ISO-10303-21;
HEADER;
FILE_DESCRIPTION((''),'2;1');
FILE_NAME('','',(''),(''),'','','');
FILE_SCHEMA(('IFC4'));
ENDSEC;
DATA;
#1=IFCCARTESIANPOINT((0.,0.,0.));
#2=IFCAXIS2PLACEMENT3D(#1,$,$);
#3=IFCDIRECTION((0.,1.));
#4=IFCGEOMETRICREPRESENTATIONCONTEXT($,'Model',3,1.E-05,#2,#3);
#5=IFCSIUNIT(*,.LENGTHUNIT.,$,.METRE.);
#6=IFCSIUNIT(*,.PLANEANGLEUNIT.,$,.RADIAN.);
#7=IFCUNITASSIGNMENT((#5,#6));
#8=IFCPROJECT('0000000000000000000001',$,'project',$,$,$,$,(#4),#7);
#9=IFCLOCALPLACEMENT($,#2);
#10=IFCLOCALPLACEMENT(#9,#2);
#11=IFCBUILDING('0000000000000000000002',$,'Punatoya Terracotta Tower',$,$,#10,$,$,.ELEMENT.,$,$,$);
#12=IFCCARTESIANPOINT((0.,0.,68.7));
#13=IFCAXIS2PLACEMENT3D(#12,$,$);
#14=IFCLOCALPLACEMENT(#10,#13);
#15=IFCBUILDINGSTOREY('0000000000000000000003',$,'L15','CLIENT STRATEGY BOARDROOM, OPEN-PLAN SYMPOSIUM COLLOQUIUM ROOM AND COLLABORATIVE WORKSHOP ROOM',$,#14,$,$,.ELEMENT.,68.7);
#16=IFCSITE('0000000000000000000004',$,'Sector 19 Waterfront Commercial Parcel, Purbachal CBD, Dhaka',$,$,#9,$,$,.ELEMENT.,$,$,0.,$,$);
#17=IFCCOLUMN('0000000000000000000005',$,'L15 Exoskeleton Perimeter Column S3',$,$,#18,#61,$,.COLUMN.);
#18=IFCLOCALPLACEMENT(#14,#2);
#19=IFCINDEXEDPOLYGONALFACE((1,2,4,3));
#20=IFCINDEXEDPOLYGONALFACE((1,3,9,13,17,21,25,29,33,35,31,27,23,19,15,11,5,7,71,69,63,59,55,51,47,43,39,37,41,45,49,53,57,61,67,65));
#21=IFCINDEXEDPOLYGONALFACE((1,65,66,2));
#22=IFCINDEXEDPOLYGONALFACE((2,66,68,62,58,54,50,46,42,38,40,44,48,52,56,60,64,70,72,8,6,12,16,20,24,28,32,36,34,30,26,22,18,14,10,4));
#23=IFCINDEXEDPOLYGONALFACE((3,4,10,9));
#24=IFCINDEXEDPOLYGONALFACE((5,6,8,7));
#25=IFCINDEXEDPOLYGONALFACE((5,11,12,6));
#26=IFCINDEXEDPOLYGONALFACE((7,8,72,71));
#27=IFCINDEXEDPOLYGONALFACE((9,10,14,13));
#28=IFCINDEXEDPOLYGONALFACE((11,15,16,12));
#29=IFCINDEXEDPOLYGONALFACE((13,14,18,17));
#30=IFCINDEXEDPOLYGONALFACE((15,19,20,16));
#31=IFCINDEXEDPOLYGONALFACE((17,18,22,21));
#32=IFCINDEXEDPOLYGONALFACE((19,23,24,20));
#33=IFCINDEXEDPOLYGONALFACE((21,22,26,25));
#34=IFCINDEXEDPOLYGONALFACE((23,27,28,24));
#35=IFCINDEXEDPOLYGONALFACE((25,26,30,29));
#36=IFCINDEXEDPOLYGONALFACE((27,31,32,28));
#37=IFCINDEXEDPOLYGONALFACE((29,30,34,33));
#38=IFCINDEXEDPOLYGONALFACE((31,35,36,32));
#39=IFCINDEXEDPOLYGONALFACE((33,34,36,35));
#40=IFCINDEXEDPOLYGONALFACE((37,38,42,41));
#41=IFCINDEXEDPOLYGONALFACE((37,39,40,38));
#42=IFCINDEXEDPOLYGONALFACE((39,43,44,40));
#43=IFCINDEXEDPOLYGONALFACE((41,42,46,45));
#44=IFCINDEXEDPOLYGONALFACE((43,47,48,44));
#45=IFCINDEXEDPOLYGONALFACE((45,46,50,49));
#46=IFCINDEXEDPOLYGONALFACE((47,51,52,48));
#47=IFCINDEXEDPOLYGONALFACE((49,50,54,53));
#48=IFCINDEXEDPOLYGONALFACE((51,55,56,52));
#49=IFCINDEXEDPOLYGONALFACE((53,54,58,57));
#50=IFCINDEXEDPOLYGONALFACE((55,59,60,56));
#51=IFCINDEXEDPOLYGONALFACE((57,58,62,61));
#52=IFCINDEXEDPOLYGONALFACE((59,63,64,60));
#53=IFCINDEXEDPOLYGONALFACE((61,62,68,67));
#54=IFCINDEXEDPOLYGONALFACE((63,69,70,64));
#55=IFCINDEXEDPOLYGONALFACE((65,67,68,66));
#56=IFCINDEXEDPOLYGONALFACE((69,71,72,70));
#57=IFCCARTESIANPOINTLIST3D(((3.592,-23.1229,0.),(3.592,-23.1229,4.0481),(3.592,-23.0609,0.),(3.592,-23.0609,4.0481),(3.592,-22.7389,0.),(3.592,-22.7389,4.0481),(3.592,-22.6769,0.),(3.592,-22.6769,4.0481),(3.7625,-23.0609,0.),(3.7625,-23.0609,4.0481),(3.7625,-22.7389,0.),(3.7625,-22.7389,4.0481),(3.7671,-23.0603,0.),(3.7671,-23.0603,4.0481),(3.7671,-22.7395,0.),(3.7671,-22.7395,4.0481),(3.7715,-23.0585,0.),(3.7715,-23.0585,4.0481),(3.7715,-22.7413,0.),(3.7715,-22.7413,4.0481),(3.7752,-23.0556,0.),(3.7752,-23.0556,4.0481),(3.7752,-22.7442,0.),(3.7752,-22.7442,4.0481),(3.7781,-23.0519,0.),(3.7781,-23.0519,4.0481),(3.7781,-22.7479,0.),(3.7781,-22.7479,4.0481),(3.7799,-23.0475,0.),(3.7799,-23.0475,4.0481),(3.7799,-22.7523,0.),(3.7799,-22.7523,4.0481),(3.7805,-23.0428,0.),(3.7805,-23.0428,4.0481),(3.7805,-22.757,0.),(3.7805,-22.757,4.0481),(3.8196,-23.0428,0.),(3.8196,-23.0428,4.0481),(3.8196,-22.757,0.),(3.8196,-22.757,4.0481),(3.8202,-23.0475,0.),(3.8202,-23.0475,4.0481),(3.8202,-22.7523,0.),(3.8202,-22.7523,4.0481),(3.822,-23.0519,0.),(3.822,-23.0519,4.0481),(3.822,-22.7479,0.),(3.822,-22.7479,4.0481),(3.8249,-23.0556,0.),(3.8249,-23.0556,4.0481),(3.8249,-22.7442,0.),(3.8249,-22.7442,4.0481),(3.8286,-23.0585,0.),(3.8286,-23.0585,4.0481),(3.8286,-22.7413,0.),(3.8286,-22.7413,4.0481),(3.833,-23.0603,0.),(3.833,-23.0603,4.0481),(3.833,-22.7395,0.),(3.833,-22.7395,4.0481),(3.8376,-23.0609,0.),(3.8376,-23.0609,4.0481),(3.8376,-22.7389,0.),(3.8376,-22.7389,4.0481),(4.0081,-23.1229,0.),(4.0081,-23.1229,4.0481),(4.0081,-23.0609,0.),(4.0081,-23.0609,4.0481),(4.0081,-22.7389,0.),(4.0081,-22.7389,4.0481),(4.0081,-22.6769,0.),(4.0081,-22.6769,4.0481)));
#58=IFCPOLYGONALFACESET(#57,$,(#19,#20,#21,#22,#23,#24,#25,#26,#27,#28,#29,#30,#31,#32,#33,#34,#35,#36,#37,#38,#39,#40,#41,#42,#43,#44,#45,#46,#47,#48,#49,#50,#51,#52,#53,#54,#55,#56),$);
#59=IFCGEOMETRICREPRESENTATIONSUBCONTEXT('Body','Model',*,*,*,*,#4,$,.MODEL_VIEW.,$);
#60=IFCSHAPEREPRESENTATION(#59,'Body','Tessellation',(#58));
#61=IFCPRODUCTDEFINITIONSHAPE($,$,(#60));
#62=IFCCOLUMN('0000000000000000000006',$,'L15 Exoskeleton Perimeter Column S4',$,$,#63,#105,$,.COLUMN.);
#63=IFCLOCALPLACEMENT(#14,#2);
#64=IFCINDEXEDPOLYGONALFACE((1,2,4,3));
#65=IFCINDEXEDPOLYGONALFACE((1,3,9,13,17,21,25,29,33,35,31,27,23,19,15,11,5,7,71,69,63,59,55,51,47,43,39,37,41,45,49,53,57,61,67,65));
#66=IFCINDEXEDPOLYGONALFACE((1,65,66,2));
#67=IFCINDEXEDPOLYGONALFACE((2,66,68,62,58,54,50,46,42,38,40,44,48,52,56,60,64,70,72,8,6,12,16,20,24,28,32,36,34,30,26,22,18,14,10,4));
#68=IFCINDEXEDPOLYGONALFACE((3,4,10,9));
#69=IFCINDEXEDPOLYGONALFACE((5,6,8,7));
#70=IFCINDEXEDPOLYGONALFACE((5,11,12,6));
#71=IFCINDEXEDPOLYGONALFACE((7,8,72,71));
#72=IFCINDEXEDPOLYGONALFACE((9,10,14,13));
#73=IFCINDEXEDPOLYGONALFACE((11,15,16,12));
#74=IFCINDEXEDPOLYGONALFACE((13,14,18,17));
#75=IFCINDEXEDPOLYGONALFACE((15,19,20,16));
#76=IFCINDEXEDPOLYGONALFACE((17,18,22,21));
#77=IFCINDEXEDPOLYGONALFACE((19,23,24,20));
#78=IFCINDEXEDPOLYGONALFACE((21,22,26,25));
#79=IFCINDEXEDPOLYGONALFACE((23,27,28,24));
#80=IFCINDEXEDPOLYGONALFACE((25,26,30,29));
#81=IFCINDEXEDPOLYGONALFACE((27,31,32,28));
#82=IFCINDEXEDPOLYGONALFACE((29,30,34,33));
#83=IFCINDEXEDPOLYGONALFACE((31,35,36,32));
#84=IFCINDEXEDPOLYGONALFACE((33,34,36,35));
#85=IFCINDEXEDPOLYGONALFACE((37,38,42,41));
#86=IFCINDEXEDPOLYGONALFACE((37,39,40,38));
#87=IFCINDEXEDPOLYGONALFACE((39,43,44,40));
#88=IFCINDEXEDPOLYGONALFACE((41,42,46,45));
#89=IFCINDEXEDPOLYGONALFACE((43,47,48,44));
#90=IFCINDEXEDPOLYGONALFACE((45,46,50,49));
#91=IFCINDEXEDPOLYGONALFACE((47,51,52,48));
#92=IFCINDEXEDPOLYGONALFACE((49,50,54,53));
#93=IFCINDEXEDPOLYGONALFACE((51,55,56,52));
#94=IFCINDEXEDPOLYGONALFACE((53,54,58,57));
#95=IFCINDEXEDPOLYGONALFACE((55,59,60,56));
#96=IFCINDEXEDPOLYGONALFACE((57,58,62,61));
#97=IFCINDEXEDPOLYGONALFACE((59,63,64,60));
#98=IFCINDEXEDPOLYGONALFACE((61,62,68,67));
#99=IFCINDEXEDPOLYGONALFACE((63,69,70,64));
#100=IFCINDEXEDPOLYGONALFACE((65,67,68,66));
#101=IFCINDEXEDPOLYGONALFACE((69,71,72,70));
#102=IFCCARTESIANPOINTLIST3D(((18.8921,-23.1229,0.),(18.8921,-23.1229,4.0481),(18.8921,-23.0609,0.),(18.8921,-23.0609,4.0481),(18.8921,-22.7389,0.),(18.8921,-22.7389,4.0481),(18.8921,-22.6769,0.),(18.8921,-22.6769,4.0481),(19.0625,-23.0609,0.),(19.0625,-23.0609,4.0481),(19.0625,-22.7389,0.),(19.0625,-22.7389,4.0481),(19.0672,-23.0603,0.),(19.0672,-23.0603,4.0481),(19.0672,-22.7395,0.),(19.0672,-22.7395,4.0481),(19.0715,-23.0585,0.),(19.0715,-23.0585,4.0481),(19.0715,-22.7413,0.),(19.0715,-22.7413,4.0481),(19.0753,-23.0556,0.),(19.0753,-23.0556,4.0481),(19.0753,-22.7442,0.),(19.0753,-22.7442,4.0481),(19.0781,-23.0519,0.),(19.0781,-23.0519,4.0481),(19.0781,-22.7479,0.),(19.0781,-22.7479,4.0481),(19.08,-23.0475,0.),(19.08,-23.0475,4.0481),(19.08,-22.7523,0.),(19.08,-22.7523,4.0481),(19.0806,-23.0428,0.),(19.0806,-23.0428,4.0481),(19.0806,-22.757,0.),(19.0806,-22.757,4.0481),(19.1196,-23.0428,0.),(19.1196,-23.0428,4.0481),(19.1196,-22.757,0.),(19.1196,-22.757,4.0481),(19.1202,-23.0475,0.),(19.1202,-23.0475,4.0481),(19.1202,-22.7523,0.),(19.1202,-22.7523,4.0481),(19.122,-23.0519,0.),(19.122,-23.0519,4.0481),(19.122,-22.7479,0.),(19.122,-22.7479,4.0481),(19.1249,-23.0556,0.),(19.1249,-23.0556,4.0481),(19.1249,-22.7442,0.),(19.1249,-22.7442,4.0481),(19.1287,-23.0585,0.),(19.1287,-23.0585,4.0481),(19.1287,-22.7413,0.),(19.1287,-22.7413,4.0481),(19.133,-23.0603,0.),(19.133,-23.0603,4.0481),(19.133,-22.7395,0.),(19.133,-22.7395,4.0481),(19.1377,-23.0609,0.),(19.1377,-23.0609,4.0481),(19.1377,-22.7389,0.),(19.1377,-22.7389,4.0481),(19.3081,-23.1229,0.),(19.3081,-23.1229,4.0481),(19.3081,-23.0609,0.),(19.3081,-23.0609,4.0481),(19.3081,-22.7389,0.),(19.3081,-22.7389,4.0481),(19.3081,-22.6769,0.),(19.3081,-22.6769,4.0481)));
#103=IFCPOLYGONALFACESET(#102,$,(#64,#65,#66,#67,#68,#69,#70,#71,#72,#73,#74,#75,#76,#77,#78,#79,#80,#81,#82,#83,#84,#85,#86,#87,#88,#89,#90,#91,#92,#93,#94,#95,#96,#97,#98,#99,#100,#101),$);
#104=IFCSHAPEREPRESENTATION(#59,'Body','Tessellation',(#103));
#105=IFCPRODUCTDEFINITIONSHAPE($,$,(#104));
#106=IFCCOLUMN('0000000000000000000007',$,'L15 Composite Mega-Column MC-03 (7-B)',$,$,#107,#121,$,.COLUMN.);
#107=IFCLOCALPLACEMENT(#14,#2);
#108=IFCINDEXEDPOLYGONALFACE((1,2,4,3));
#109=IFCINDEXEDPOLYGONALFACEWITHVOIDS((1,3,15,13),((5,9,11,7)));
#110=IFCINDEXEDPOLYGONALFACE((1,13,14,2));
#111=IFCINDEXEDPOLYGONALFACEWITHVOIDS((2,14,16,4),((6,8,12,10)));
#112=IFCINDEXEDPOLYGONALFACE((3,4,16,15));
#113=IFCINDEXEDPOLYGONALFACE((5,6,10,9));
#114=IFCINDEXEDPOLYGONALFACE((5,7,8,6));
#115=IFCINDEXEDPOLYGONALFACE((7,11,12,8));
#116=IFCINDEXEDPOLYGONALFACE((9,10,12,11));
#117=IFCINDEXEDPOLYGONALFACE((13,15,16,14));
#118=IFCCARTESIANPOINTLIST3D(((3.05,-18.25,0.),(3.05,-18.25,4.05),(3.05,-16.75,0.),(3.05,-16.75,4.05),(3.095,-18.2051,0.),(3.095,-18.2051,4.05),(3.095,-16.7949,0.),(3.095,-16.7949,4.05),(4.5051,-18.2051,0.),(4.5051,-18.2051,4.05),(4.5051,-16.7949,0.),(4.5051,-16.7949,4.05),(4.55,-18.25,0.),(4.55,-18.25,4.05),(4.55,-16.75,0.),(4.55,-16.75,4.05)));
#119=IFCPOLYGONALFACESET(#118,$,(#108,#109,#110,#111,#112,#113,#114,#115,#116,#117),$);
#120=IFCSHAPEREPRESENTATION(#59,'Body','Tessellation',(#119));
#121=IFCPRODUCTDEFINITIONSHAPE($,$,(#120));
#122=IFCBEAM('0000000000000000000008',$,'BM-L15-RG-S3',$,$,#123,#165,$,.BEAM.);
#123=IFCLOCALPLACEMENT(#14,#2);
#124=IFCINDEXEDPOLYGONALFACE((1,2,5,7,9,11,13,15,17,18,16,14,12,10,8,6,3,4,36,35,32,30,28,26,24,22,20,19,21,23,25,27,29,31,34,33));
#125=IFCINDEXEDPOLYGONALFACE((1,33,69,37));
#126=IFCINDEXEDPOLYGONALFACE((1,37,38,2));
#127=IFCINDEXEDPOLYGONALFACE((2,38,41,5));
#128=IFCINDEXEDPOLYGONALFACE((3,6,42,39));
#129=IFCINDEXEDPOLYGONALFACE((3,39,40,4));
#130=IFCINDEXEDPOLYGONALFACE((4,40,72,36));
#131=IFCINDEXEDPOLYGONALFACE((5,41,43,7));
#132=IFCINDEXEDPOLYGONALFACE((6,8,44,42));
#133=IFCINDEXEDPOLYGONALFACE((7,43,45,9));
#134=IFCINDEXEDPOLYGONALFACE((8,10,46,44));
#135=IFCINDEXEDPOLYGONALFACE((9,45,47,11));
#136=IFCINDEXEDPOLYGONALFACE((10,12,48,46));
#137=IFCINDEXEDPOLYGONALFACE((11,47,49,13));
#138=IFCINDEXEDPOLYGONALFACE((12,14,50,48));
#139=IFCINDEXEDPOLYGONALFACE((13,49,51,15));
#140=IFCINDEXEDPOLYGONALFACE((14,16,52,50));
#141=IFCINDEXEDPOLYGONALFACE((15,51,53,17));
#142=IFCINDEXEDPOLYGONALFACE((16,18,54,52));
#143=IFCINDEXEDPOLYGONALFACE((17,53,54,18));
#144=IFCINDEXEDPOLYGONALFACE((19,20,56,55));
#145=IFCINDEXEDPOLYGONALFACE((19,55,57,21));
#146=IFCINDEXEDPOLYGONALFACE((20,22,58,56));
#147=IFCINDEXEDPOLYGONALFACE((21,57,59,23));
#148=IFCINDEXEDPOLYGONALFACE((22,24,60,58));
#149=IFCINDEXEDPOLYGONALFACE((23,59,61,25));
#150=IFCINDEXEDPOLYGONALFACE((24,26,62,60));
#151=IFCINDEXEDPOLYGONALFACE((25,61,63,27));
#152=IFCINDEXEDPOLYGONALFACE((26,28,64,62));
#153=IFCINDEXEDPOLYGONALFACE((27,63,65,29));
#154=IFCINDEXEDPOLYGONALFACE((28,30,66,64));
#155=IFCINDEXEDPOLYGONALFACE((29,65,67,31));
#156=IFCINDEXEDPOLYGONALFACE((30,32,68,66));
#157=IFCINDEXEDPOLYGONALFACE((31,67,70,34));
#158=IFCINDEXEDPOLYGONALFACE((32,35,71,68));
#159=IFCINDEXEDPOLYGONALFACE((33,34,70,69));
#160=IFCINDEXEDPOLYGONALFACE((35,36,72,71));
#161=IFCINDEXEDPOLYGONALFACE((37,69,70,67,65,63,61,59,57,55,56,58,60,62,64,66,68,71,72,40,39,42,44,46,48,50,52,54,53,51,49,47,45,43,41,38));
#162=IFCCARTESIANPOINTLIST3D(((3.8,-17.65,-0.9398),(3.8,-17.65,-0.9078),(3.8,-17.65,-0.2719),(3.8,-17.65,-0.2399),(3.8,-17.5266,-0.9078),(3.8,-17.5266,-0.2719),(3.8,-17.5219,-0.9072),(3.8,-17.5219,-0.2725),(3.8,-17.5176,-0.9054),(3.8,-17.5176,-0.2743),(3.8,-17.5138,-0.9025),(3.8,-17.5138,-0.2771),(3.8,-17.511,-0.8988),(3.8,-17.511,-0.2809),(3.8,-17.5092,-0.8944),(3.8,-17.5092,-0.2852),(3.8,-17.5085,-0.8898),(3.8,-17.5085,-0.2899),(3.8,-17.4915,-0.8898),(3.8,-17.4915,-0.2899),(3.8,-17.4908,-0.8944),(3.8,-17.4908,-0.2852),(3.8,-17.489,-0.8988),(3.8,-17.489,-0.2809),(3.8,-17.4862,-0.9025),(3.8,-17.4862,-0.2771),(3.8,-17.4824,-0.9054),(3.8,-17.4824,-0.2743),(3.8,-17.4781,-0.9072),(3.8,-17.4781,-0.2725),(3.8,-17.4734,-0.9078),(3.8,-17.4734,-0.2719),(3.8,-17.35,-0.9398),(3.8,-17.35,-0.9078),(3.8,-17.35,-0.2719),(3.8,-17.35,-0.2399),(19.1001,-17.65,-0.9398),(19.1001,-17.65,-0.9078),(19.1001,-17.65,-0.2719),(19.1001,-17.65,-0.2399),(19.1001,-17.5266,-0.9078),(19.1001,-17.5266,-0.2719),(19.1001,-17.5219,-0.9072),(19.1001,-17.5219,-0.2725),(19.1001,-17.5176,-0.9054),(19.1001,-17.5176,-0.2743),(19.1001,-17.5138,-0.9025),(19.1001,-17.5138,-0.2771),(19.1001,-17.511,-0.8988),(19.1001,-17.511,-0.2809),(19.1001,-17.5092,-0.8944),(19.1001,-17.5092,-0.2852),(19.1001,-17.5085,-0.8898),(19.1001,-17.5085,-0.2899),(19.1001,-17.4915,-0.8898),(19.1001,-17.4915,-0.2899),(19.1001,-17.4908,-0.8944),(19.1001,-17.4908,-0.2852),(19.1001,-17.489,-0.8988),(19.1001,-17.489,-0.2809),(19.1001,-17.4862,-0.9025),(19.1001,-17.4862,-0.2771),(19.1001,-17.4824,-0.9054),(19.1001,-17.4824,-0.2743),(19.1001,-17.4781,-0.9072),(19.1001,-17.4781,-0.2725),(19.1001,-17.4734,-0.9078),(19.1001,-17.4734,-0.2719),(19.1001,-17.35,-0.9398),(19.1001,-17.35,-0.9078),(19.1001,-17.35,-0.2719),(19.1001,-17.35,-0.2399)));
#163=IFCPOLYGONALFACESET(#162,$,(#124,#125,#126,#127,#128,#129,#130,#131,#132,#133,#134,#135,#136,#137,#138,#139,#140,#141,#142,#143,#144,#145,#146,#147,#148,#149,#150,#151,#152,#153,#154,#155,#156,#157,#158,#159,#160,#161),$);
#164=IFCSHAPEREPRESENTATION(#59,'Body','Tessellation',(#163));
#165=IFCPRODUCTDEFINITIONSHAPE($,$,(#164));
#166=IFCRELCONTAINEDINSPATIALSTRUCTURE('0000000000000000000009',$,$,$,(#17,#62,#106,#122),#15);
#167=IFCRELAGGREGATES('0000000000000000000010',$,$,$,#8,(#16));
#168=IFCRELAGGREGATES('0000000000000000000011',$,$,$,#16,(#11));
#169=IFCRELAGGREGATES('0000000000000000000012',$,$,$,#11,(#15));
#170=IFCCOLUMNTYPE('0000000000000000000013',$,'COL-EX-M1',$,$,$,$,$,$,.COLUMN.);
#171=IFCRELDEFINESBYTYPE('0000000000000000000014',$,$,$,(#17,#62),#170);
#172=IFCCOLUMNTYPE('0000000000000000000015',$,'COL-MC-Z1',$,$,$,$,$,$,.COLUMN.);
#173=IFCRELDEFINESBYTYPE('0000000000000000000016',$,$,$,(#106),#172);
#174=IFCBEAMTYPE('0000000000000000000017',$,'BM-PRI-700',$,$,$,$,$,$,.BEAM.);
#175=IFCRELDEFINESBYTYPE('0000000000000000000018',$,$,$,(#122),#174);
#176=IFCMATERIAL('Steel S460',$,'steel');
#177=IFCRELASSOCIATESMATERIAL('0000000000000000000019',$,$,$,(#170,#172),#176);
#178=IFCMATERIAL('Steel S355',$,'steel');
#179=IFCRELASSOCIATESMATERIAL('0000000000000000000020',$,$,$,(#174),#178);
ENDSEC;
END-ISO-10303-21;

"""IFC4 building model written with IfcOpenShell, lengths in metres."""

from ifc_helpers import new_model, si_unit, direction, frame, origin, origin_2d, place, context, subcontext, project, spatial, hollow_rectangle, i_section, extrude, material, material_profile, profile_set, type_object, element, save


model = new_model("IFC4")

# Units and contexts
model_context = context("Model", 3, precision=1e-05, world=origin(), true_north=direction((0.0, 1.0)))
body_context = subcontext(model_context, "Body", "Model", "MODEL_VIEW")
ifc_project = project(units=[si_unit("LENGTHUNIT", "METRE"), si_unit("PLANEANGLEUNIT", "RADIAN")], contexts=[model_context])

# Site, building, storey
site_placement = place(None, origin())
site = spatial("IfcSite", under=ifc_project, at=site_placement, Name="Sector 19 Waterfront Commercial Parcel, Purbachal CBD, Dhaka", CompositionType="ELEMENT", RefElevation=0.0)
building_placement = place(site_placement, origin())
building = spatial("IfcBuilding", under=site, at=building_placement, Name="Punatoya Terracotta Tower", CompositionType="ELEMENT")
storey_placement = place(building_placement, frame((0.0, 0.0, 68.7)))
storey = spatial("IfcBuildingStorey", under=building, at=storey_placement, Name="L15", Description="CLIENT STRATEGY BOARDROOM, OPEN-PLAN SYMPOSIUM COLLOQUIUM ROOM AND COLLABORATIVE WORKSHOP ROOM", CompositionType="ELEMENT", Elevation=68.7)

# Columns
ifc_material_1 = material(Name="Steel S460", Category="steel")
ifc_material_profile_1 = material_profile(ifc_material_1, i_section(OverallWidth=0.416, OverallDepth=0.446, WebThickness=0.0391, FlangeThickness=0.062, FilletRadius=0.0181, at=origin_2d()))
ifc_profile_set_1 = profile_set([ifc_material_profile_1], Name="Steel S460")
column_type_1 = type_object("IfcColumnType", Name="COL-EX-M1", PredefinedType="COLUMN", material=ifc_profile_set_1)
for number, where, z_axis, x_axis, name in (
    (1, (3.8, -22.8999, 0.0), (0.0, 0.0, 1.0), (1.0, 0.0, 0.0), "L15 Exoskeleton Perimeter Column S3"),
    (2, (19.1001, -22.8999, 0.0), (0.0, 0.0, 1.0), (1.0, 0.0, 0.0), "L15 Exoskeleton Perimeter Column S4"),
):
    element("IfcColumn", number, at=place(storey_placement, frame(where, z_axis=z_axis, x_axis=x_axis)), inside=storey, type_object=column_type_1, Name=name, PredefinedType="COLUMN", context=body_context, shape_type="SweptSolid", body=[
        extrude(i_section(OverallWidth=0.416, OverallDepth=0.446, WebThickness=0.0391, FlangeThickness=0.062, FilletRadius=0.0181, at=origin_2d()), origin(), (0.0, 0.0, 1.0), 4.0481),
    ])
ifc_material_profile_2 = material_profile(ifc_material_1, hollow_rectangle(XDim=1.5, YDim=1.5, WallThickness=0.0449, at=origin_2d()))
ifc_profile_set_2 = profile_set([ifc_material_profile_2], Name="Steel S460")
column_type_2 = type_object("IfcColumnType", Name="COL-MC-Z1", PredefinedType="COLUMN", material=ifc_profile_set_2)
column_placement = place(storey_placement, frame((3.8, -17.5, 0.0), z_axis=(0.0, 0.0, 1.0), x_axis=(1.0, 0.0, 0.0)))
element("IfcColumn", 3, at=column_placement, inside=storey, type_object=column_type_2, Name="L15 Composite Mega-Column MC-03 (7-B)", PredefinedType="COLUMN", context=body_context, shape_type="SweptSolid", body=[
    extrude(hollow_rectangle(XDim=1.5, YDim=1.5, WallThickness=0.0449, at=origin_2d()), origin(), (0.0, 0.0, 1.0), 4.05),
])

# Beam
ifc_material_2 = material(Name="Steel S355", Category="steel")
ifc_material_profile_3 = material_profile(ifc_material_2, i_section(OverallWidth=0.3, OverallDepth=0.7, WebThickness=0.0171, FlangeThickness=0.032, FilletRadius=0.0181, at=origin_2d()))
ifc_profile_set_3 = profile_set([ifc_material_profile_3], Name="Steel S355")
beam_type_1 = type_object("IfcBeamType", Name="BM-PRI-700", PredefinedType="BEAM", material=ifc_profile_set_3)
beam_1_placement = place(storey_placement, frame((3.8, -17.5, -0.5898), z_axis=(1.0, 0.0, 0.0), x_axis=(0.0, 1.0, 0.0)))
element("IfcBeam", 4, at=beam_1_placement, inside=storey, type_object=beam_type_1, Name="BM-L15-RG-S3", PredefinedType="BEAM", context=body_context, shape_type="SweptSolid", body=[
    extrude(i_section(OverallWidth=0.3, OverallDepth=0.7, WebThickness=0.0171, FlangeThickness=0.032, FilletRadius=0.0181, at=origin_2d()), origin(), (0.0, 0.0, 1.0), 15.3),
])

save(model, "model.ifc")
